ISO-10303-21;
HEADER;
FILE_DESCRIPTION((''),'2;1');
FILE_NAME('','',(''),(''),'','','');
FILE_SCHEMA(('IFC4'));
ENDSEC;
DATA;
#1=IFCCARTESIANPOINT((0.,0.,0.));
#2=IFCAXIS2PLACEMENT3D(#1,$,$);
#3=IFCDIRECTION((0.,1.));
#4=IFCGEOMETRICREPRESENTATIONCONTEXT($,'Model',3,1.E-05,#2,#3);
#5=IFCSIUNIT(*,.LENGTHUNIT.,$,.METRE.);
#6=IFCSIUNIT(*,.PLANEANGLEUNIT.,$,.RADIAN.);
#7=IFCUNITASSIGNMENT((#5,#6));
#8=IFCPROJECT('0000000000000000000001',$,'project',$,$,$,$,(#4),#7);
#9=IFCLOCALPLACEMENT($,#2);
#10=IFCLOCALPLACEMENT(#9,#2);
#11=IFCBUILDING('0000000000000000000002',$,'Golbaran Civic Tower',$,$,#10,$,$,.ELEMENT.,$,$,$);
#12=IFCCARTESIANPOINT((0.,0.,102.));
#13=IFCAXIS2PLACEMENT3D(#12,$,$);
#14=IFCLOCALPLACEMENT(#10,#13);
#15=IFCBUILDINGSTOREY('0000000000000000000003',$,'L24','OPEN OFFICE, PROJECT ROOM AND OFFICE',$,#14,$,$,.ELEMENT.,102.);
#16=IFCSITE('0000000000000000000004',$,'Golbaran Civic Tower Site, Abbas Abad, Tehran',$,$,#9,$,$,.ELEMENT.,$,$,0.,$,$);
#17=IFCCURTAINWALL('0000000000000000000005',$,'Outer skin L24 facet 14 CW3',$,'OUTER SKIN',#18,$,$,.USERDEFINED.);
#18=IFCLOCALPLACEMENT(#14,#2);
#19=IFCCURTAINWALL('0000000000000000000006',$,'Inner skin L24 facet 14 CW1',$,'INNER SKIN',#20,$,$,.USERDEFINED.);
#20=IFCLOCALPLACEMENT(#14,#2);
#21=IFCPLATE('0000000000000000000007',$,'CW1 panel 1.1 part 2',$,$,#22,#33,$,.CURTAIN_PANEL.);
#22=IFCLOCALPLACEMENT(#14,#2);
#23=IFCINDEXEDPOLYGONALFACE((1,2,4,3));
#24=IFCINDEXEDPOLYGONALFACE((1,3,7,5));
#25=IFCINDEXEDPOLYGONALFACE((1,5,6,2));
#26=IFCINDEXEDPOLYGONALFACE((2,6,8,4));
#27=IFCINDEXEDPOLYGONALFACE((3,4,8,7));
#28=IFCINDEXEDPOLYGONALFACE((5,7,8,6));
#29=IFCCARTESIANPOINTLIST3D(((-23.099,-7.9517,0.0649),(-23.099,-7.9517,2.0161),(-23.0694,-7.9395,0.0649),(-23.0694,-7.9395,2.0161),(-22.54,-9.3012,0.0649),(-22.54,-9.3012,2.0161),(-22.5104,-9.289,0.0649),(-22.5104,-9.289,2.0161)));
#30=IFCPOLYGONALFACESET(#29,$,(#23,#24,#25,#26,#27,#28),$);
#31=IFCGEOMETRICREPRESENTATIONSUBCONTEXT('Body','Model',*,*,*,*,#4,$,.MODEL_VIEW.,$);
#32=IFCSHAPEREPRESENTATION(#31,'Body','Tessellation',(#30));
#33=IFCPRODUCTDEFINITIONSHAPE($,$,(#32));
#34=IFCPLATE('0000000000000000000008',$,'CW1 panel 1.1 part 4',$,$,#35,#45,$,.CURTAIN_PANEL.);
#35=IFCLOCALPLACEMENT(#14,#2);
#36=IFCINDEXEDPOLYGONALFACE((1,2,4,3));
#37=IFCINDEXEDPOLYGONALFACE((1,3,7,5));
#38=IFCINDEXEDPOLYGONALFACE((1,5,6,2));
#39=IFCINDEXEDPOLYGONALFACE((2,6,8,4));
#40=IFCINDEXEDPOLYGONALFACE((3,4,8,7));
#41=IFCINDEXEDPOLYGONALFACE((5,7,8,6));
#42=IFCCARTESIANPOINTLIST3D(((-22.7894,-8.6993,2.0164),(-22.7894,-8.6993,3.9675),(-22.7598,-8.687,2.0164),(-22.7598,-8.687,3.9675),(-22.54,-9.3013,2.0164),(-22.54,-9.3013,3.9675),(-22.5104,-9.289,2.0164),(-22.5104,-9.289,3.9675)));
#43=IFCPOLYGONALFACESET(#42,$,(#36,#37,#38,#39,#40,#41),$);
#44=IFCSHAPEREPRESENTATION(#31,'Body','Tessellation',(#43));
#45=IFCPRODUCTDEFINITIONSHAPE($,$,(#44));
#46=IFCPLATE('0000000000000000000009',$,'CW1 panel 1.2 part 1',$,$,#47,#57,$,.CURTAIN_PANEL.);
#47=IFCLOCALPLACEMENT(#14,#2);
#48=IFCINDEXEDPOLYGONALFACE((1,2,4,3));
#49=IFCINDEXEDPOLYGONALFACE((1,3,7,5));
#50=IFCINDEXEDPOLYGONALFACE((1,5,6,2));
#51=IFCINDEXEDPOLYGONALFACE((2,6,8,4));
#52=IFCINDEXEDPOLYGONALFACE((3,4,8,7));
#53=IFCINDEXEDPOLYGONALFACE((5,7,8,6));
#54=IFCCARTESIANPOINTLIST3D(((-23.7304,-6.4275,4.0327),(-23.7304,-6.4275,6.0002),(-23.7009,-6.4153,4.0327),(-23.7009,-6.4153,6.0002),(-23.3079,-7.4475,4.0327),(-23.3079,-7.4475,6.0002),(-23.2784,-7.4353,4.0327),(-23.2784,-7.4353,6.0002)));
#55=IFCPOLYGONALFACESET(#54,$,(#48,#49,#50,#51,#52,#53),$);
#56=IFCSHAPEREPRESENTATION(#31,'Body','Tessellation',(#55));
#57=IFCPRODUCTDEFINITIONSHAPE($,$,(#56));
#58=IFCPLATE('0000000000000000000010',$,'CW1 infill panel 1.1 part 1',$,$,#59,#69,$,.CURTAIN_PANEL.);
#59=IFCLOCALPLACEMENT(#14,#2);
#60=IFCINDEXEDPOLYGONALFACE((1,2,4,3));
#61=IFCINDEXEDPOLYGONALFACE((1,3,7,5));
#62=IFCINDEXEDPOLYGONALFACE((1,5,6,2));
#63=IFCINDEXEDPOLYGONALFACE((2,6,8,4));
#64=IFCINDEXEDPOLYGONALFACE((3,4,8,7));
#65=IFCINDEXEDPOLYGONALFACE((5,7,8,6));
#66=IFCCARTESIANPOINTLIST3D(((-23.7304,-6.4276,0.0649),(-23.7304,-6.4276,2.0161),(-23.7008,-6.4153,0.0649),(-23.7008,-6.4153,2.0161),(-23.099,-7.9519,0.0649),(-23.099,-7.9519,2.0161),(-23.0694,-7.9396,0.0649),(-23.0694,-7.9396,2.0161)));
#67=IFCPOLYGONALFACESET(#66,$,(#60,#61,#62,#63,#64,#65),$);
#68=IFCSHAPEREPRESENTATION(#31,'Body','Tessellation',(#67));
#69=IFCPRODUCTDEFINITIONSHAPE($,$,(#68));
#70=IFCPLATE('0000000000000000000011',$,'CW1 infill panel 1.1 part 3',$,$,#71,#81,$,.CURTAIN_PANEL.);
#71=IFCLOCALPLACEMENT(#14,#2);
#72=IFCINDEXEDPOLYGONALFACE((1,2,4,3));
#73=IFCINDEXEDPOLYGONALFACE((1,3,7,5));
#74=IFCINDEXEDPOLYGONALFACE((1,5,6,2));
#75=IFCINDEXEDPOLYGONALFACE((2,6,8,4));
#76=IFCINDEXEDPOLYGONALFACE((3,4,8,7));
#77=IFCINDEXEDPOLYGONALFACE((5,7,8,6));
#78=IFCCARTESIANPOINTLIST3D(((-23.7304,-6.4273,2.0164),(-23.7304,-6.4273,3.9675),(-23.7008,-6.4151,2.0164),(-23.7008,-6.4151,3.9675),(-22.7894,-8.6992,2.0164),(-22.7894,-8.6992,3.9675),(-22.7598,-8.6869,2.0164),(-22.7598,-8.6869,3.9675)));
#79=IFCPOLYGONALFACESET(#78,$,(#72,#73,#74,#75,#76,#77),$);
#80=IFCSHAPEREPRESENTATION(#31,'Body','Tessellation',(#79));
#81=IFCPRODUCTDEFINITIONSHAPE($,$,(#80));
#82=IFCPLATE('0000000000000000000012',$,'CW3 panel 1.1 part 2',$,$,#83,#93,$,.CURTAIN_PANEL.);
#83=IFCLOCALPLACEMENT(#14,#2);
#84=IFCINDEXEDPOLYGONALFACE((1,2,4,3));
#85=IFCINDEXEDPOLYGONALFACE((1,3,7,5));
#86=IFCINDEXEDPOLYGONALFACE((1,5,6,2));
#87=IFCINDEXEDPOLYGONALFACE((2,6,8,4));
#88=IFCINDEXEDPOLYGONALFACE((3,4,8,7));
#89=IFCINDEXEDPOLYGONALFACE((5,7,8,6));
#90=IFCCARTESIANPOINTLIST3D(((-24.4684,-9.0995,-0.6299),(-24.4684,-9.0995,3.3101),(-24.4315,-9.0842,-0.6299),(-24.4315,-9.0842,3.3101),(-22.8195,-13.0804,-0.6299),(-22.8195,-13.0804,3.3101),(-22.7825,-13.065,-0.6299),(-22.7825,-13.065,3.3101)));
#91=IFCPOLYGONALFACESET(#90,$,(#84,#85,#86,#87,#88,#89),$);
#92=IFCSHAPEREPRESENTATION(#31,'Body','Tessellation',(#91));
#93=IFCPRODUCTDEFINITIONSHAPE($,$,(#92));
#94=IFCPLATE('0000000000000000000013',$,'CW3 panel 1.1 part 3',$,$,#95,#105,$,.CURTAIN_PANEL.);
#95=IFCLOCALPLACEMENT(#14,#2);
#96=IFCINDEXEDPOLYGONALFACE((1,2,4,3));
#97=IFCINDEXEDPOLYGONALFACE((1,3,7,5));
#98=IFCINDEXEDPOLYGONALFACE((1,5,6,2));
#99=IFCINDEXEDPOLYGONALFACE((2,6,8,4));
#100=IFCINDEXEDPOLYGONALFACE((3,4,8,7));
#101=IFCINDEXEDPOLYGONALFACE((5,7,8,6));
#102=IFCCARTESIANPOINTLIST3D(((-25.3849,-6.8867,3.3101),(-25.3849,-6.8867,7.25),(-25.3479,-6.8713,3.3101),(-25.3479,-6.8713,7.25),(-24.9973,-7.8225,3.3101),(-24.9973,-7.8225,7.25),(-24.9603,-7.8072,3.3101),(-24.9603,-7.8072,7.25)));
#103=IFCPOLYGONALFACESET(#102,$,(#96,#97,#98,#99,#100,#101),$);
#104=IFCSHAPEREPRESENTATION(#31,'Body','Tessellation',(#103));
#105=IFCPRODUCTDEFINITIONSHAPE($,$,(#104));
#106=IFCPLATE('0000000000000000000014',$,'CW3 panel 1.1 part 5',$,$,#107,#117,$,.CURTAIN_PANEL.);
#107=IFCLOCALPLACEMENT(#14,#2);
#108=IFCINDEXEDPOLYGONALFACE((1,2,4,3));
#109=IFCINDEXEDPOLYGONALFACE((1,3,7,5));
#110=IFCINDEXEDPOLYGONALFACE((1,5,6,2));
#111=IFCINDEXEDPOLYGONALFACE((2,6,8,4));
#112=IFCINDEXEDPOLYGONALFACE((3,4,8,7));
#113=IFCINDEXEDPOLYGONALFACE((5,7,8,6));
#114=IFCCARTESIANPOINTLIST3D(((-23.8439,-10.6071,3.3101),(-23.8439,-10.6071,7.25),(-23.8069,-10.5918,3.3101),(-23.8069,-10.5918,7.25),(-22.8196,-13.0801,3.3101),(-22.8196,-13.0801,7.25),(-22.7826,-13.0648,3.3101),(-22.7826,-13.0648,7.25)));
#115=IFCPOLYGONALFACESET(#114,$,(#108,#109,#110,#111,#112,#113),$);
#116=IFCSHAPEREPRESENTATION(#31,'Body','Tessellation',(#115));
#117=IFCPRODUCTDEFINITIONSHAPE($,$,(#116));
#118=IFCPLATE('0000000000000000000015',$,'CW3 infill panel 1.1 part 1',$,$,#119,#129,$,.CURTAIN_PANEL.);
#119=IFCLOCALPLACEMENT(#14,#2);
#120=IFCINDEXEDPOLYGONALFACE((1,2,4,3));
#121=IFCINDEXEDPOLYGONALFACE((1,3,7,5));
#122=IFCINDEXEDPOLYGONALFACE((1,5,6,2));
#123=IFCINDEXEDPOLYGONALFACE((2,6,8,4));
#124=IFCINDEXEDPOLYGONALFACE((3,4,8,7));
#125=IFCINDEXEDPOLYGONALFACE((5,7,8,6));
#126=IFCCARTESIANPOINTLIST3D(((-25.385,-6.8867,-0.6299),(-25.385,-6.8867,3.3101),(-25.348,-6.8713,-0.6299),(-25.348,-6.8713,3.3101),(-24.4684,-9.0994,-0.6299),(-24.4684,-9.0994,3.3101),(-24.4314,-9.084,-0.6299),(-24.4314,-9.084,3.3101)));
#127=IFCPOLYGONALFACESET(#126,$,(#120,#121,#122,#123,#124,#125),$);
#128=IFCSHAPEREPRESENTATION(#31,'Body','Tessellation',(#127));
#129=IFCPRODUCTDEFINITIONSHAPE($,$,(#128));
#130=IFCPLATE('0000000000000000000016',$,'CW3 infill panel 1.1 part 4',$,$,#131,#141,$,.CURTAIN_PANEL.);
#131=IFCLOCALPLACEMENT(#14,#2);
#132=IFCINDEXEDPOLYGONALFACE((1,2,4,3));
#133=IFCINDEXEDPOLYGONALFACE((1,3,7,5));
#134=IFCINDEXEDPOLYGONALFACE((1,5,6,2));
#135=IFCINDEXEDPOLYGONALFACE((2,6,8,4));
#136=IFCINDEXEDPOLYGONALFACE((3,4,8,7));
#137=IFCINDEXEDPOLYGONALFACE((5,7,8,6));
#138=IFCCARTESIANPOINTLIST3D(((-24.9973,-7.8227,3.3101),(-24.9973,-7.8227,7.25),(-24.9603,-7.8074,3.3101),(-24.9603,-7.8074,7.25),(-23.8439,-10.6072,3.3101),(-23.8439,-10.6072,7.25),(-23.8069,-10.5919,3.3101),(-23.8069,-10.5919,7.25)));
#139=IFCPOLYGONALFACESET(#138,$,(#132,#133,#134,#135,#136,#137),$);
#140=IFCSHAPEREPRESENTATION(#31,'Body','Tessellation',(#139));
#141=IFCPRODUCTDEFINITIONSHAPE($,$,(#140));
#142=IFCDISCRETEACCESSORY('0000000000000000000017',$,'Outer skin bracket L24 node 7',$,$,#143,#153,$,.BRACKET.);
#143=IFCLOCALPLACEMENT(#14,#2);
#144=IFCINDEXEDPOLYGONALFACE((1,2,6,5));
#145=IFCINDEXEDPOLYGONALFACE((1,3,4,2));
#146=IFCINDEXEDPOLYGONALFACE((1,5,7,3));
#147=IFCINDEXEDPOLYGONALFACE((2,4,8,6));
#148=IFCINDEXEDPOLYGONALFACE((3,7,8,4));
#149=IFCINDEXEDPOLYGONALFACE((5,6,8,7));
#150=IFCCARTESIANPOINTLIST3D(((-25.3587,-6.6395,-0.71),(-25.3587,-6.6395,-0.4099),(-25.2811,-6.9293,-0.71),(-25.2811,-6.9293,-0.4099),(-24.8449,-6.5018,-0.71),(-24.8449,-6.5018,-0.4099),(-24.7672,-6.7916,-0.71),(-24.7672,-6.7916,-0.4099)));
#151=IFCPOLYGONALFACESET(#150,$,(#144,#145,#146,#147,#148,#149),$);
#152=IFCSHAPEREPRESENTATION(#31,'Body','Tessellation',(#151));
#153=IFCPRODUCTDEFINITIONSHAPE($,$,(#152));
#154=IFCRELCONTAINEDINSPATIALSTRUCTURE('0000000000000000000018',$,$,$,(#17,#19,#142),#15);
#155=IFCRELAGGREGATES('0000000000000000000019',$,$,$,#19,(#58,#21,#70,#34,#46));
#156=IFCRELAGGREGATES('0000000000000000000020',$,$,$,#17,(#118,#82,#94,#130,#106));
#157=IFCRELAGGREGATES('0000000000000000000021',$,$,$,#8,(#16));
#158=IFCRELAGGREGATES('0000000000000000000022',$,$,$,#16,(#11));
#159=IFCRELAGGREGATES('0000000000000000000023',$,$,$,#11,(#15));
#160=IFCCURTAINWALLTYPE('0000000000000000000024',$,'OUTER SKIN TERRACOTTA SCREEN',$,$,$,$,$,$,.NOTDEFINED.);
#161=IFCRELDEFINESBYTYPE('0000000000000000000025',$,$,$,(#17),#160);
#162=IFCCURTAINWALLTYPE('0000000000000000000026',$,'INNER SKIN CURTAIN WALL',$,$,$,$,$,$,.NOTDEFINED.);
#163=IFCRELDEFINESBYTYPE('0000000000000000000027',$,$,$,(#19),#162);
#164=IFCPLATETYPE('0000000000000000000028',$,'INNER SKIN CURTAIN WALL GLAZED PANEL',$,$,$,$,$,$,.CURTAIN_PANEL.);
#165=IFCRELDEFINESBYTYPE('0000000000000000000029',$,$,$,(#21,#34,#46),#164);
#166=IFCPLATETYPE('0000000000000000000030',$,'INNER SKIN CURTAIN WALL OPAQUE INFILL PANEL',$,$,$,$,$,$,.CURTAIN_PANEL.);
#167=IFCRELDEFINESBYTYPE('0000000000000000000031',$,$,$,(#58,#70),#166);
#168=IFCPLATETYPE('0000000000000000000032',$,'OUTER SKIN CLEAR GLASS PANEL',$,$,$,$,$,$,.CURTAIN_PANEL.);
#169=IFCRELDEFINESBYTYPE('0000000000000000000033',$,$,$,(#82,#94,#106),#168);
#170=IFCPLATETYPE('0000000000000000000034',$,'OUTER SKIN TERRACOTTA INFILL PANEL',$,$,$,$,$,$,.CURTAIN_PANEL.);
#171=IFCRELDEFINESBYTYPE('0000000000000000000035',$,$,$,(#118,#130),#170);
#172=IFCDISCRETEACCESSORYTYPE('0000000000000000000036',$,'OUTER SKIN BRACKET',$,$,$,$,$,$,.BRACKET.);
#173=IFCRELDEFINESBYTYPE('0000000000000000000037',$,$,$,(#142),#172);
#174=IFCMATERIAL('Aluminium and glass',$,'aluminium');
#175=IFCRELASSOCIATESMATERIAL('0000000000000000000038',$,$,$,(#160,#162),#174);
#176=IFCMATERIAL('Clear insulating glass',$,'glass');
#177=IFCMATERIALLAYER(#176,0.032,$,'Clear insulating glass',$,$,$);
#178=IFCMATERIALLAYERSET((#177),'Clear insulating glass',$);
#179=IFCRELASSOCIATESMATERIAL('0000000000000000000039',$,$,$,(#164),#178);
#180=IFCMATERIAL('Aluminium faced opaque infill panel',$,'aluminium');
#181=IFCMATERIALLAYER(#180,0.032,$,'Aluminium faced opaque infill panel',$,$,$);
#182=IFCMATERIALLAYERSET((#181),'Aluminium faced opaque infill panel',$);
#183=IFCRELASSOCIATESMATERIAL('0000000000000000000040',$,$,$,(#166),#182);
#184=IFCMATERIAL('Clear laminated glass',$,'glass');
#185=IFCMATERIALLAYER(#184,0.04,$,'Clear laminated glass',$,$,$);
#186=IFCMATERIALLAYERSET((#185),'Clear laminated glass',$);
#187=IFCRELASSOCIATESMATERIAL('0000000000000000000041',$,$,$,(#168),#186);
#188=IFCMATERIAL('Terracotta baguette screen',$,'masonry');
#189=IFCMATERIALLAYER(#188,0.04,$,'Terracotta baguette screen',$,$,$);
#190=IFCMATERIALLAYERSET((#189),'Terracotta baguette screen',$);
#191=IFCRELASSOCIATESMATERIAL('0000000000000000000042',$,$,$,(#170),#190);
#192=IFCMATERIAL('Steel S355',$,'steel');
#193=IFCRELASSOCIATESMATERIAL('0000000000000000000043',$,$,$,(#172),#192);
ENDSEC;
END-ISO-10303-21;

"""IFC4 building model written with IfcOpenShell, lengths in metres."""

from ifc_helpers import new_model, si_unit, direction, frame, origin, origin_2d, place, context, subcontext, project, spatial, rectangle, extrude, material, layer, layer_set, type_object, element, aggregate, save


model = new_model("IFC4")

# Units and contexts
model_context = context("Model", 3, precision=1e-05, world=origin(), true_north=direction((0.0, 1.0)))
body_context = subcontext(model_context, "Body", "Model", "MODEL_VIEW")
ifc_project = project(units=[si_unit("LENGTHUNIT", "METRE"), si_unit("PLANEANGLEUNIT", "RADIAN")], contexts=[model_context])

# Site, building, storey
site_placement = place(None, origin())
site = spatial("IfcSite", under=ifc_project, at=site_placement, Name="Golbaran Civic Tower Site, Abbas Abad, Tehran", CompositionType="ELEMENT", RefElevation=0.0)
building_placement = place(site_placement, origin())
building = spatial("IfcBuilding", under=site, at=building_placement, Name="Golbaran Civic Tower", CompositionType="ELEMENT")
storey_placement = place(building_placement, frame((0.0, 0.0, 102.0)))
storey = spatial("IfcBuildingStorey", under=building, at=storey_placement, Name="L24", Description="OPEN OFFICE, PROJECT ROOM AND OFFICE", CompositionType="ELEMENT", Elevation=102.0)

# Shared definitions
ifc_material_1 = material(Name="Steel S355", Category="steel")

# Shared definitions
ifc_material_2 = material(Name="Aluminium and glass", Category="aluminium")
curtain_wall_type_1 = type_object("IfcCurtainWallType", Name="OUTER SKIN TERRACOTTA SCREEN", PredefinedType="NOTDEFINED", material=ifc_material_2)

# Curtain wall
curtain_wall_1_placement = place(storey_placement, origin())
curtain_wall_1 = element("IfcCurtainWall", 1, at=curtain_wall_1_placement, inside=storey, type_object=curtain_wall_type_1, Name="Outer skin L24 facet 14 CW3", ObjectType="OUTER SKIN", PredefinedType="USERDEFINED")

# Curtain wall, plates
curtain_wall_type_2 = type_object("IfcCurtainWallType", Name="INNER SKIN CURTAIN WALL", PredefinedType="NOTDEFINED", material=ifc_material_2)
curtain_wall_2_placement = place(storey_placement, origin())
curtain_wall_2 = element("IfcCurtainWall", 2, at=curtain_wall_2_placement, inside=storey, type_object=curtain_wall_type_2, Name="Inner skin L24 facet 14 CW1", ObjectType="INNER SKIN", PredefinedType="USERDEFINED")
ifc_material_3 = material(Name="Clear insulating glass", Category="glass")
ifc_layer_1 = layer(ifc_material_3, 0.032, Name="Clear insulating glass")
ifc_layer_set_1 = layer_set([ifc_layer_1], Name="Clear insulating glass")
plate_type_1 = type_object("IfcPlateType", Name="INNER SKIN CURTAIN WALL GLAZED PANEL", PredefinedType="CURTAIN_PANEL", material=ifc_layer_set_1)
plate_1_placement = place(storey_placement, frame((-22.8047, -8.6204, 0.0649), z_axis=(0.0, 0.0, 1.0), x_axis=(0.382683, -0.92388, 0.0)))
plate_1 = element("IfcPlate", 3, at=plate_1_placement, type_object=plate_type_1, Name="CW1 panel 1.1 part 2", PredefinedType="CURTAIN_PANEL", context=body_context, shape_type="SweptSolid", body=[
    extrude(rectangle(XDim=1.4607, YDim=0.032, at=origin_2d()), origin(), (0.0, 0.0, 1.0), 1.9512),
])
plate_2_placement = place(storey_placement, frame((-22.6499, -8.9941, 2.0164), z_axis=(0.0, 0.0, 1.0), x_axis=(0.382683, -0.92388, 0.0)))
plate_2 = element("IfcPlate", 4, at=plate_2_placement, type_object=plate_type_1, Name="CW1 panel 1.1 part 4", PredefinedType="CURTAIN_PANEL", context=body_context, shape_type="SweptSolid", body=[
    extrude(rectangle(XDim=0.6516, YDim=0.032, at=origin_2d()), origin(), (0.0, 0.0, 1.0), 1.9512),
])
plate_3_placement = place(storey_placement, frame((-23.5044, -6.9314, 4.0327), z_axis=(0.0, 0.0, 1.0), x_axis=(0.382683, -0.92388, 0.0)))
plate_3 = element("IfcPlate", 5, at=plate_3_placement, type_object=plate_type_1, Name="CW1 panel 1.2 part 1", PredefinedType="CURTAIN_PANEL", context=body_context, shape_type="SweptSolid", body=[
    extrude(rectangle(XDim=1.104, YDim=0.032, at=origin_2d()), origin(), (0.0, 0.0, 1.0), 1.9675),
])
ifc_material_4 = material(Name="Aluminium faced opaque infill panel", Category="aluminium")
ifc_layer_2 = layer(ifc_material_4, 0.032, Name="Aluminium faced opaque infill panel")
ifc_layer_set_2 = layer_set([ifc_layer_2], Name="Aluminium faced opaque infill panel")
plate_type_2 = type_object("IfcPlateType", Name="INNER SKIN CURTAIN WALL OPAQUE INFILL PANEL", PredefinedType="CURTAIN_PANEL", material=ifc_layer_set_2)
plate_4_placement = place(storey_placement, frame((-23.3999, -7.1836, 0.0649), z_axis=(0.0, 0.0, 1.0), x_axis=(0.382683, -0.92388, 0.0)))
plate_4 = element("IfcPlate", 6, at=plate_4_placement, type_object=plate_type_2, Name="CW1 infill panel 1.1 part 1", PredefinedType="CURTAIN_PANEL", context=body_context, shape_type="SweptSolid", body=[
    extrude(rectangle(XDim=1.6499, YDim=0.032, at=origin_2d()), origin(), (0.0, 0.0, 1.0), 1.9512),
])
plate_5_placement = place(storey_placement, frame((-23.2451, -7.5571, 2.0164), z_axis=(0.0, 0.0, 1.0), x_axis=(0.382683, -0.92388, 0.0)))
plate_5 = element("IfcPlate", 7, at=plate_5_placement, type_object=plate_type_2, Name="CW1 infill panel 1.1 part 3", PredefinedType="CURTAIN_PANEL", context=body_context, shape_type="SweptSolid", body=[
    extrude(rectangle(XDim=2.459, YDim=0.032, at=origin_2d()), origin(), (0.0, 0.0, 1.0), 1.9512),
])
aggregate(curtain_wall_2, [plate_4, plate_1, plate_5, plate_2, plate_3])

# Plates
ifc_material_5 = material(Name="Clear laminated glass", Category="glass")
ifc_layer_3 = layer(ifc_material_5, 0.04, Name="Clear laminated glass")
ifc_layer_set_3 = layer_set([ifc_layer_3], Name="Clear laminated glass")
plate_type_3 = type_object("IfcPlateType", Name="OUTER SKIN CLEAR GLASS PANEL", PredefinedType="CURTAIN_PANEL", material=ifc_layer_set_3)
plate_6_placement = place(storey_placement, frame((-23.6255, -11.0823, -0.6299), z_axis=(0.0, 0.0, 1.0), x_axis=(0.382683, -0.92388, 0.0)))
plate_6 = element("IfcPlate", 8, at=plate_6_placement, type_object=plate_type_3, Name="CW3 panel 1.1 part 2", PredefinedType="CURTAIN_PANEL", context=body_context, shape_type="SweptSolid", body=[
    extrude(rectangle(XDim=4.3088, YDim=0.04, at=origin_2d()), origin(), (0.0, 0.0, 1.0), 3.9399),
])
plate_7_placement = place(storey_placement, frame((-25.1726, -7.3469, 3.3101), z_axis=(0.0, 0.0, 1.0), x_axis=(0.382683, -0.92388, 0.0)))
plate_7 = element("IfcPlate", 9, at=plate_7_placement, type_object=plate_type_3, Name="CW3 panel 1.1 part 3", PredefinedType="CURTAIN_PANEL", context=body_context, shape_type="SweptSolid", body=[
    extrude(rectangle(XDim=1.0129, YDim=0.04, at=origin_2d()), origin(), (0.0, 0.0, 1.0), 3.9399),
])
plate_8_placement = place(storey_placement, frame((-23.3132, -11.8359, 3.3101), z_axis=(0.0, 0.0, 1.0), x_axis=(0.382683, -0.92388, 0.0)))
plate_8 = element("IfcPlate", 10, at=plate_8_placement, type_object=plate_type_3, Name="CW3 panel 1.1 part 5", PredefinedType="CURTAIN_PANEL", context=body_context, shape_type="SweptSolid", body=[
    extrude(rectangle(XDim=2.6768, YDim=0.04, at=origin_2d()), origin(), (0.0, 0.0, 1.0), 3.9399),
])
ifc_material_6 = material(Name="Terracotta baguette screen", Category="masonry")
ifc_layer_4 = layer(ifc_material_6, 0.04, Name="Terracotta baguette screen")
ifc_layer_set_4 = layer_set([ifc_layer_4], Name="Terracotta baguette screen")
plate_type_4 = type_object("IfcPlateType", Name="OUTER SKIN TERRACOTTA INFILL PANEL", PredefinedType="CURTAIN_PANEL", material=ifc_layer_set_4)
plate_9_placement = place(storey_placement, frame((-24.9082, -7.9854, -0.6299), z_axis=(0.0, 0.0, 1.0), x_axis=(0.382683, -0.92388, 0.0)))
plate_9 = element("IfcPlate", 11, at=plate_9_placement, type_object=plate_type_4, Name="CW3 infill panel 1.1 part 1", PredefinedType="CURTAIN_PANEL", context=body_context, shape_type="SweptSolid", body=[
    extrude(rectangle(XDim=2.395, YDim=0.04, at=origin_2d()), origin(), (0.0, 0.0, 1.0), 3.9399),
])
plate_10_placement = place(storey_placement, frame((-24.4021, -9.2073, 3.3101), z_axis=(0.0, 0.0, 1.0), x_axis=(0.382683, -0.92388, 0.0)))
plate_10 = element("IfcPlate", 12, at=plate_10_placement, type_object=plate_type_4, Name="CW3 infill panel 1.1 part 4", PredefinedType="CURTAIN_PANEL", context=body_context, shape_type="SweptSolid", body=[
    extrude(rectangle(XDim=3.0139, YDim=0.04, at=origin_2d()), origin(), (0.0, 0.0, 1.0), 3.9399),
])
aggregate(curtain_wall_1, [plate_9, plate_6, plate_7, plate_10, plate_8])

# Discrete accessory
discrete_accessory_type = type_object("IfcDiscreteAccessoryType", Name="OUTER SKIN BRACKET", PredefinedType="BRACKET", material=ifc_material_1)
discrete_accessory_placement = place(storey_placement, frame((-25.063, -6.7156, -0.71), z_axis=(0.0, 0.0, 1.0), x_axis=(-0.965926, -0.258819, 0.0)))
element("IfcDiscreteAccessory", 13, at=discrete_accessory_placement, inside=storey, type_object=discrete_accessory_type, Name="Outer skin bracket L24 node 7", PredefinedType="BRACKET", context=body_context, shape_type="SweptSolid", body=[
    extrude(rectangle(XDim=0.532, YDim=0.3, at=origin_2d()), origin(), (0.0, 0.0, 1.0), 0.3),
])

save(model, "model.ifc")
